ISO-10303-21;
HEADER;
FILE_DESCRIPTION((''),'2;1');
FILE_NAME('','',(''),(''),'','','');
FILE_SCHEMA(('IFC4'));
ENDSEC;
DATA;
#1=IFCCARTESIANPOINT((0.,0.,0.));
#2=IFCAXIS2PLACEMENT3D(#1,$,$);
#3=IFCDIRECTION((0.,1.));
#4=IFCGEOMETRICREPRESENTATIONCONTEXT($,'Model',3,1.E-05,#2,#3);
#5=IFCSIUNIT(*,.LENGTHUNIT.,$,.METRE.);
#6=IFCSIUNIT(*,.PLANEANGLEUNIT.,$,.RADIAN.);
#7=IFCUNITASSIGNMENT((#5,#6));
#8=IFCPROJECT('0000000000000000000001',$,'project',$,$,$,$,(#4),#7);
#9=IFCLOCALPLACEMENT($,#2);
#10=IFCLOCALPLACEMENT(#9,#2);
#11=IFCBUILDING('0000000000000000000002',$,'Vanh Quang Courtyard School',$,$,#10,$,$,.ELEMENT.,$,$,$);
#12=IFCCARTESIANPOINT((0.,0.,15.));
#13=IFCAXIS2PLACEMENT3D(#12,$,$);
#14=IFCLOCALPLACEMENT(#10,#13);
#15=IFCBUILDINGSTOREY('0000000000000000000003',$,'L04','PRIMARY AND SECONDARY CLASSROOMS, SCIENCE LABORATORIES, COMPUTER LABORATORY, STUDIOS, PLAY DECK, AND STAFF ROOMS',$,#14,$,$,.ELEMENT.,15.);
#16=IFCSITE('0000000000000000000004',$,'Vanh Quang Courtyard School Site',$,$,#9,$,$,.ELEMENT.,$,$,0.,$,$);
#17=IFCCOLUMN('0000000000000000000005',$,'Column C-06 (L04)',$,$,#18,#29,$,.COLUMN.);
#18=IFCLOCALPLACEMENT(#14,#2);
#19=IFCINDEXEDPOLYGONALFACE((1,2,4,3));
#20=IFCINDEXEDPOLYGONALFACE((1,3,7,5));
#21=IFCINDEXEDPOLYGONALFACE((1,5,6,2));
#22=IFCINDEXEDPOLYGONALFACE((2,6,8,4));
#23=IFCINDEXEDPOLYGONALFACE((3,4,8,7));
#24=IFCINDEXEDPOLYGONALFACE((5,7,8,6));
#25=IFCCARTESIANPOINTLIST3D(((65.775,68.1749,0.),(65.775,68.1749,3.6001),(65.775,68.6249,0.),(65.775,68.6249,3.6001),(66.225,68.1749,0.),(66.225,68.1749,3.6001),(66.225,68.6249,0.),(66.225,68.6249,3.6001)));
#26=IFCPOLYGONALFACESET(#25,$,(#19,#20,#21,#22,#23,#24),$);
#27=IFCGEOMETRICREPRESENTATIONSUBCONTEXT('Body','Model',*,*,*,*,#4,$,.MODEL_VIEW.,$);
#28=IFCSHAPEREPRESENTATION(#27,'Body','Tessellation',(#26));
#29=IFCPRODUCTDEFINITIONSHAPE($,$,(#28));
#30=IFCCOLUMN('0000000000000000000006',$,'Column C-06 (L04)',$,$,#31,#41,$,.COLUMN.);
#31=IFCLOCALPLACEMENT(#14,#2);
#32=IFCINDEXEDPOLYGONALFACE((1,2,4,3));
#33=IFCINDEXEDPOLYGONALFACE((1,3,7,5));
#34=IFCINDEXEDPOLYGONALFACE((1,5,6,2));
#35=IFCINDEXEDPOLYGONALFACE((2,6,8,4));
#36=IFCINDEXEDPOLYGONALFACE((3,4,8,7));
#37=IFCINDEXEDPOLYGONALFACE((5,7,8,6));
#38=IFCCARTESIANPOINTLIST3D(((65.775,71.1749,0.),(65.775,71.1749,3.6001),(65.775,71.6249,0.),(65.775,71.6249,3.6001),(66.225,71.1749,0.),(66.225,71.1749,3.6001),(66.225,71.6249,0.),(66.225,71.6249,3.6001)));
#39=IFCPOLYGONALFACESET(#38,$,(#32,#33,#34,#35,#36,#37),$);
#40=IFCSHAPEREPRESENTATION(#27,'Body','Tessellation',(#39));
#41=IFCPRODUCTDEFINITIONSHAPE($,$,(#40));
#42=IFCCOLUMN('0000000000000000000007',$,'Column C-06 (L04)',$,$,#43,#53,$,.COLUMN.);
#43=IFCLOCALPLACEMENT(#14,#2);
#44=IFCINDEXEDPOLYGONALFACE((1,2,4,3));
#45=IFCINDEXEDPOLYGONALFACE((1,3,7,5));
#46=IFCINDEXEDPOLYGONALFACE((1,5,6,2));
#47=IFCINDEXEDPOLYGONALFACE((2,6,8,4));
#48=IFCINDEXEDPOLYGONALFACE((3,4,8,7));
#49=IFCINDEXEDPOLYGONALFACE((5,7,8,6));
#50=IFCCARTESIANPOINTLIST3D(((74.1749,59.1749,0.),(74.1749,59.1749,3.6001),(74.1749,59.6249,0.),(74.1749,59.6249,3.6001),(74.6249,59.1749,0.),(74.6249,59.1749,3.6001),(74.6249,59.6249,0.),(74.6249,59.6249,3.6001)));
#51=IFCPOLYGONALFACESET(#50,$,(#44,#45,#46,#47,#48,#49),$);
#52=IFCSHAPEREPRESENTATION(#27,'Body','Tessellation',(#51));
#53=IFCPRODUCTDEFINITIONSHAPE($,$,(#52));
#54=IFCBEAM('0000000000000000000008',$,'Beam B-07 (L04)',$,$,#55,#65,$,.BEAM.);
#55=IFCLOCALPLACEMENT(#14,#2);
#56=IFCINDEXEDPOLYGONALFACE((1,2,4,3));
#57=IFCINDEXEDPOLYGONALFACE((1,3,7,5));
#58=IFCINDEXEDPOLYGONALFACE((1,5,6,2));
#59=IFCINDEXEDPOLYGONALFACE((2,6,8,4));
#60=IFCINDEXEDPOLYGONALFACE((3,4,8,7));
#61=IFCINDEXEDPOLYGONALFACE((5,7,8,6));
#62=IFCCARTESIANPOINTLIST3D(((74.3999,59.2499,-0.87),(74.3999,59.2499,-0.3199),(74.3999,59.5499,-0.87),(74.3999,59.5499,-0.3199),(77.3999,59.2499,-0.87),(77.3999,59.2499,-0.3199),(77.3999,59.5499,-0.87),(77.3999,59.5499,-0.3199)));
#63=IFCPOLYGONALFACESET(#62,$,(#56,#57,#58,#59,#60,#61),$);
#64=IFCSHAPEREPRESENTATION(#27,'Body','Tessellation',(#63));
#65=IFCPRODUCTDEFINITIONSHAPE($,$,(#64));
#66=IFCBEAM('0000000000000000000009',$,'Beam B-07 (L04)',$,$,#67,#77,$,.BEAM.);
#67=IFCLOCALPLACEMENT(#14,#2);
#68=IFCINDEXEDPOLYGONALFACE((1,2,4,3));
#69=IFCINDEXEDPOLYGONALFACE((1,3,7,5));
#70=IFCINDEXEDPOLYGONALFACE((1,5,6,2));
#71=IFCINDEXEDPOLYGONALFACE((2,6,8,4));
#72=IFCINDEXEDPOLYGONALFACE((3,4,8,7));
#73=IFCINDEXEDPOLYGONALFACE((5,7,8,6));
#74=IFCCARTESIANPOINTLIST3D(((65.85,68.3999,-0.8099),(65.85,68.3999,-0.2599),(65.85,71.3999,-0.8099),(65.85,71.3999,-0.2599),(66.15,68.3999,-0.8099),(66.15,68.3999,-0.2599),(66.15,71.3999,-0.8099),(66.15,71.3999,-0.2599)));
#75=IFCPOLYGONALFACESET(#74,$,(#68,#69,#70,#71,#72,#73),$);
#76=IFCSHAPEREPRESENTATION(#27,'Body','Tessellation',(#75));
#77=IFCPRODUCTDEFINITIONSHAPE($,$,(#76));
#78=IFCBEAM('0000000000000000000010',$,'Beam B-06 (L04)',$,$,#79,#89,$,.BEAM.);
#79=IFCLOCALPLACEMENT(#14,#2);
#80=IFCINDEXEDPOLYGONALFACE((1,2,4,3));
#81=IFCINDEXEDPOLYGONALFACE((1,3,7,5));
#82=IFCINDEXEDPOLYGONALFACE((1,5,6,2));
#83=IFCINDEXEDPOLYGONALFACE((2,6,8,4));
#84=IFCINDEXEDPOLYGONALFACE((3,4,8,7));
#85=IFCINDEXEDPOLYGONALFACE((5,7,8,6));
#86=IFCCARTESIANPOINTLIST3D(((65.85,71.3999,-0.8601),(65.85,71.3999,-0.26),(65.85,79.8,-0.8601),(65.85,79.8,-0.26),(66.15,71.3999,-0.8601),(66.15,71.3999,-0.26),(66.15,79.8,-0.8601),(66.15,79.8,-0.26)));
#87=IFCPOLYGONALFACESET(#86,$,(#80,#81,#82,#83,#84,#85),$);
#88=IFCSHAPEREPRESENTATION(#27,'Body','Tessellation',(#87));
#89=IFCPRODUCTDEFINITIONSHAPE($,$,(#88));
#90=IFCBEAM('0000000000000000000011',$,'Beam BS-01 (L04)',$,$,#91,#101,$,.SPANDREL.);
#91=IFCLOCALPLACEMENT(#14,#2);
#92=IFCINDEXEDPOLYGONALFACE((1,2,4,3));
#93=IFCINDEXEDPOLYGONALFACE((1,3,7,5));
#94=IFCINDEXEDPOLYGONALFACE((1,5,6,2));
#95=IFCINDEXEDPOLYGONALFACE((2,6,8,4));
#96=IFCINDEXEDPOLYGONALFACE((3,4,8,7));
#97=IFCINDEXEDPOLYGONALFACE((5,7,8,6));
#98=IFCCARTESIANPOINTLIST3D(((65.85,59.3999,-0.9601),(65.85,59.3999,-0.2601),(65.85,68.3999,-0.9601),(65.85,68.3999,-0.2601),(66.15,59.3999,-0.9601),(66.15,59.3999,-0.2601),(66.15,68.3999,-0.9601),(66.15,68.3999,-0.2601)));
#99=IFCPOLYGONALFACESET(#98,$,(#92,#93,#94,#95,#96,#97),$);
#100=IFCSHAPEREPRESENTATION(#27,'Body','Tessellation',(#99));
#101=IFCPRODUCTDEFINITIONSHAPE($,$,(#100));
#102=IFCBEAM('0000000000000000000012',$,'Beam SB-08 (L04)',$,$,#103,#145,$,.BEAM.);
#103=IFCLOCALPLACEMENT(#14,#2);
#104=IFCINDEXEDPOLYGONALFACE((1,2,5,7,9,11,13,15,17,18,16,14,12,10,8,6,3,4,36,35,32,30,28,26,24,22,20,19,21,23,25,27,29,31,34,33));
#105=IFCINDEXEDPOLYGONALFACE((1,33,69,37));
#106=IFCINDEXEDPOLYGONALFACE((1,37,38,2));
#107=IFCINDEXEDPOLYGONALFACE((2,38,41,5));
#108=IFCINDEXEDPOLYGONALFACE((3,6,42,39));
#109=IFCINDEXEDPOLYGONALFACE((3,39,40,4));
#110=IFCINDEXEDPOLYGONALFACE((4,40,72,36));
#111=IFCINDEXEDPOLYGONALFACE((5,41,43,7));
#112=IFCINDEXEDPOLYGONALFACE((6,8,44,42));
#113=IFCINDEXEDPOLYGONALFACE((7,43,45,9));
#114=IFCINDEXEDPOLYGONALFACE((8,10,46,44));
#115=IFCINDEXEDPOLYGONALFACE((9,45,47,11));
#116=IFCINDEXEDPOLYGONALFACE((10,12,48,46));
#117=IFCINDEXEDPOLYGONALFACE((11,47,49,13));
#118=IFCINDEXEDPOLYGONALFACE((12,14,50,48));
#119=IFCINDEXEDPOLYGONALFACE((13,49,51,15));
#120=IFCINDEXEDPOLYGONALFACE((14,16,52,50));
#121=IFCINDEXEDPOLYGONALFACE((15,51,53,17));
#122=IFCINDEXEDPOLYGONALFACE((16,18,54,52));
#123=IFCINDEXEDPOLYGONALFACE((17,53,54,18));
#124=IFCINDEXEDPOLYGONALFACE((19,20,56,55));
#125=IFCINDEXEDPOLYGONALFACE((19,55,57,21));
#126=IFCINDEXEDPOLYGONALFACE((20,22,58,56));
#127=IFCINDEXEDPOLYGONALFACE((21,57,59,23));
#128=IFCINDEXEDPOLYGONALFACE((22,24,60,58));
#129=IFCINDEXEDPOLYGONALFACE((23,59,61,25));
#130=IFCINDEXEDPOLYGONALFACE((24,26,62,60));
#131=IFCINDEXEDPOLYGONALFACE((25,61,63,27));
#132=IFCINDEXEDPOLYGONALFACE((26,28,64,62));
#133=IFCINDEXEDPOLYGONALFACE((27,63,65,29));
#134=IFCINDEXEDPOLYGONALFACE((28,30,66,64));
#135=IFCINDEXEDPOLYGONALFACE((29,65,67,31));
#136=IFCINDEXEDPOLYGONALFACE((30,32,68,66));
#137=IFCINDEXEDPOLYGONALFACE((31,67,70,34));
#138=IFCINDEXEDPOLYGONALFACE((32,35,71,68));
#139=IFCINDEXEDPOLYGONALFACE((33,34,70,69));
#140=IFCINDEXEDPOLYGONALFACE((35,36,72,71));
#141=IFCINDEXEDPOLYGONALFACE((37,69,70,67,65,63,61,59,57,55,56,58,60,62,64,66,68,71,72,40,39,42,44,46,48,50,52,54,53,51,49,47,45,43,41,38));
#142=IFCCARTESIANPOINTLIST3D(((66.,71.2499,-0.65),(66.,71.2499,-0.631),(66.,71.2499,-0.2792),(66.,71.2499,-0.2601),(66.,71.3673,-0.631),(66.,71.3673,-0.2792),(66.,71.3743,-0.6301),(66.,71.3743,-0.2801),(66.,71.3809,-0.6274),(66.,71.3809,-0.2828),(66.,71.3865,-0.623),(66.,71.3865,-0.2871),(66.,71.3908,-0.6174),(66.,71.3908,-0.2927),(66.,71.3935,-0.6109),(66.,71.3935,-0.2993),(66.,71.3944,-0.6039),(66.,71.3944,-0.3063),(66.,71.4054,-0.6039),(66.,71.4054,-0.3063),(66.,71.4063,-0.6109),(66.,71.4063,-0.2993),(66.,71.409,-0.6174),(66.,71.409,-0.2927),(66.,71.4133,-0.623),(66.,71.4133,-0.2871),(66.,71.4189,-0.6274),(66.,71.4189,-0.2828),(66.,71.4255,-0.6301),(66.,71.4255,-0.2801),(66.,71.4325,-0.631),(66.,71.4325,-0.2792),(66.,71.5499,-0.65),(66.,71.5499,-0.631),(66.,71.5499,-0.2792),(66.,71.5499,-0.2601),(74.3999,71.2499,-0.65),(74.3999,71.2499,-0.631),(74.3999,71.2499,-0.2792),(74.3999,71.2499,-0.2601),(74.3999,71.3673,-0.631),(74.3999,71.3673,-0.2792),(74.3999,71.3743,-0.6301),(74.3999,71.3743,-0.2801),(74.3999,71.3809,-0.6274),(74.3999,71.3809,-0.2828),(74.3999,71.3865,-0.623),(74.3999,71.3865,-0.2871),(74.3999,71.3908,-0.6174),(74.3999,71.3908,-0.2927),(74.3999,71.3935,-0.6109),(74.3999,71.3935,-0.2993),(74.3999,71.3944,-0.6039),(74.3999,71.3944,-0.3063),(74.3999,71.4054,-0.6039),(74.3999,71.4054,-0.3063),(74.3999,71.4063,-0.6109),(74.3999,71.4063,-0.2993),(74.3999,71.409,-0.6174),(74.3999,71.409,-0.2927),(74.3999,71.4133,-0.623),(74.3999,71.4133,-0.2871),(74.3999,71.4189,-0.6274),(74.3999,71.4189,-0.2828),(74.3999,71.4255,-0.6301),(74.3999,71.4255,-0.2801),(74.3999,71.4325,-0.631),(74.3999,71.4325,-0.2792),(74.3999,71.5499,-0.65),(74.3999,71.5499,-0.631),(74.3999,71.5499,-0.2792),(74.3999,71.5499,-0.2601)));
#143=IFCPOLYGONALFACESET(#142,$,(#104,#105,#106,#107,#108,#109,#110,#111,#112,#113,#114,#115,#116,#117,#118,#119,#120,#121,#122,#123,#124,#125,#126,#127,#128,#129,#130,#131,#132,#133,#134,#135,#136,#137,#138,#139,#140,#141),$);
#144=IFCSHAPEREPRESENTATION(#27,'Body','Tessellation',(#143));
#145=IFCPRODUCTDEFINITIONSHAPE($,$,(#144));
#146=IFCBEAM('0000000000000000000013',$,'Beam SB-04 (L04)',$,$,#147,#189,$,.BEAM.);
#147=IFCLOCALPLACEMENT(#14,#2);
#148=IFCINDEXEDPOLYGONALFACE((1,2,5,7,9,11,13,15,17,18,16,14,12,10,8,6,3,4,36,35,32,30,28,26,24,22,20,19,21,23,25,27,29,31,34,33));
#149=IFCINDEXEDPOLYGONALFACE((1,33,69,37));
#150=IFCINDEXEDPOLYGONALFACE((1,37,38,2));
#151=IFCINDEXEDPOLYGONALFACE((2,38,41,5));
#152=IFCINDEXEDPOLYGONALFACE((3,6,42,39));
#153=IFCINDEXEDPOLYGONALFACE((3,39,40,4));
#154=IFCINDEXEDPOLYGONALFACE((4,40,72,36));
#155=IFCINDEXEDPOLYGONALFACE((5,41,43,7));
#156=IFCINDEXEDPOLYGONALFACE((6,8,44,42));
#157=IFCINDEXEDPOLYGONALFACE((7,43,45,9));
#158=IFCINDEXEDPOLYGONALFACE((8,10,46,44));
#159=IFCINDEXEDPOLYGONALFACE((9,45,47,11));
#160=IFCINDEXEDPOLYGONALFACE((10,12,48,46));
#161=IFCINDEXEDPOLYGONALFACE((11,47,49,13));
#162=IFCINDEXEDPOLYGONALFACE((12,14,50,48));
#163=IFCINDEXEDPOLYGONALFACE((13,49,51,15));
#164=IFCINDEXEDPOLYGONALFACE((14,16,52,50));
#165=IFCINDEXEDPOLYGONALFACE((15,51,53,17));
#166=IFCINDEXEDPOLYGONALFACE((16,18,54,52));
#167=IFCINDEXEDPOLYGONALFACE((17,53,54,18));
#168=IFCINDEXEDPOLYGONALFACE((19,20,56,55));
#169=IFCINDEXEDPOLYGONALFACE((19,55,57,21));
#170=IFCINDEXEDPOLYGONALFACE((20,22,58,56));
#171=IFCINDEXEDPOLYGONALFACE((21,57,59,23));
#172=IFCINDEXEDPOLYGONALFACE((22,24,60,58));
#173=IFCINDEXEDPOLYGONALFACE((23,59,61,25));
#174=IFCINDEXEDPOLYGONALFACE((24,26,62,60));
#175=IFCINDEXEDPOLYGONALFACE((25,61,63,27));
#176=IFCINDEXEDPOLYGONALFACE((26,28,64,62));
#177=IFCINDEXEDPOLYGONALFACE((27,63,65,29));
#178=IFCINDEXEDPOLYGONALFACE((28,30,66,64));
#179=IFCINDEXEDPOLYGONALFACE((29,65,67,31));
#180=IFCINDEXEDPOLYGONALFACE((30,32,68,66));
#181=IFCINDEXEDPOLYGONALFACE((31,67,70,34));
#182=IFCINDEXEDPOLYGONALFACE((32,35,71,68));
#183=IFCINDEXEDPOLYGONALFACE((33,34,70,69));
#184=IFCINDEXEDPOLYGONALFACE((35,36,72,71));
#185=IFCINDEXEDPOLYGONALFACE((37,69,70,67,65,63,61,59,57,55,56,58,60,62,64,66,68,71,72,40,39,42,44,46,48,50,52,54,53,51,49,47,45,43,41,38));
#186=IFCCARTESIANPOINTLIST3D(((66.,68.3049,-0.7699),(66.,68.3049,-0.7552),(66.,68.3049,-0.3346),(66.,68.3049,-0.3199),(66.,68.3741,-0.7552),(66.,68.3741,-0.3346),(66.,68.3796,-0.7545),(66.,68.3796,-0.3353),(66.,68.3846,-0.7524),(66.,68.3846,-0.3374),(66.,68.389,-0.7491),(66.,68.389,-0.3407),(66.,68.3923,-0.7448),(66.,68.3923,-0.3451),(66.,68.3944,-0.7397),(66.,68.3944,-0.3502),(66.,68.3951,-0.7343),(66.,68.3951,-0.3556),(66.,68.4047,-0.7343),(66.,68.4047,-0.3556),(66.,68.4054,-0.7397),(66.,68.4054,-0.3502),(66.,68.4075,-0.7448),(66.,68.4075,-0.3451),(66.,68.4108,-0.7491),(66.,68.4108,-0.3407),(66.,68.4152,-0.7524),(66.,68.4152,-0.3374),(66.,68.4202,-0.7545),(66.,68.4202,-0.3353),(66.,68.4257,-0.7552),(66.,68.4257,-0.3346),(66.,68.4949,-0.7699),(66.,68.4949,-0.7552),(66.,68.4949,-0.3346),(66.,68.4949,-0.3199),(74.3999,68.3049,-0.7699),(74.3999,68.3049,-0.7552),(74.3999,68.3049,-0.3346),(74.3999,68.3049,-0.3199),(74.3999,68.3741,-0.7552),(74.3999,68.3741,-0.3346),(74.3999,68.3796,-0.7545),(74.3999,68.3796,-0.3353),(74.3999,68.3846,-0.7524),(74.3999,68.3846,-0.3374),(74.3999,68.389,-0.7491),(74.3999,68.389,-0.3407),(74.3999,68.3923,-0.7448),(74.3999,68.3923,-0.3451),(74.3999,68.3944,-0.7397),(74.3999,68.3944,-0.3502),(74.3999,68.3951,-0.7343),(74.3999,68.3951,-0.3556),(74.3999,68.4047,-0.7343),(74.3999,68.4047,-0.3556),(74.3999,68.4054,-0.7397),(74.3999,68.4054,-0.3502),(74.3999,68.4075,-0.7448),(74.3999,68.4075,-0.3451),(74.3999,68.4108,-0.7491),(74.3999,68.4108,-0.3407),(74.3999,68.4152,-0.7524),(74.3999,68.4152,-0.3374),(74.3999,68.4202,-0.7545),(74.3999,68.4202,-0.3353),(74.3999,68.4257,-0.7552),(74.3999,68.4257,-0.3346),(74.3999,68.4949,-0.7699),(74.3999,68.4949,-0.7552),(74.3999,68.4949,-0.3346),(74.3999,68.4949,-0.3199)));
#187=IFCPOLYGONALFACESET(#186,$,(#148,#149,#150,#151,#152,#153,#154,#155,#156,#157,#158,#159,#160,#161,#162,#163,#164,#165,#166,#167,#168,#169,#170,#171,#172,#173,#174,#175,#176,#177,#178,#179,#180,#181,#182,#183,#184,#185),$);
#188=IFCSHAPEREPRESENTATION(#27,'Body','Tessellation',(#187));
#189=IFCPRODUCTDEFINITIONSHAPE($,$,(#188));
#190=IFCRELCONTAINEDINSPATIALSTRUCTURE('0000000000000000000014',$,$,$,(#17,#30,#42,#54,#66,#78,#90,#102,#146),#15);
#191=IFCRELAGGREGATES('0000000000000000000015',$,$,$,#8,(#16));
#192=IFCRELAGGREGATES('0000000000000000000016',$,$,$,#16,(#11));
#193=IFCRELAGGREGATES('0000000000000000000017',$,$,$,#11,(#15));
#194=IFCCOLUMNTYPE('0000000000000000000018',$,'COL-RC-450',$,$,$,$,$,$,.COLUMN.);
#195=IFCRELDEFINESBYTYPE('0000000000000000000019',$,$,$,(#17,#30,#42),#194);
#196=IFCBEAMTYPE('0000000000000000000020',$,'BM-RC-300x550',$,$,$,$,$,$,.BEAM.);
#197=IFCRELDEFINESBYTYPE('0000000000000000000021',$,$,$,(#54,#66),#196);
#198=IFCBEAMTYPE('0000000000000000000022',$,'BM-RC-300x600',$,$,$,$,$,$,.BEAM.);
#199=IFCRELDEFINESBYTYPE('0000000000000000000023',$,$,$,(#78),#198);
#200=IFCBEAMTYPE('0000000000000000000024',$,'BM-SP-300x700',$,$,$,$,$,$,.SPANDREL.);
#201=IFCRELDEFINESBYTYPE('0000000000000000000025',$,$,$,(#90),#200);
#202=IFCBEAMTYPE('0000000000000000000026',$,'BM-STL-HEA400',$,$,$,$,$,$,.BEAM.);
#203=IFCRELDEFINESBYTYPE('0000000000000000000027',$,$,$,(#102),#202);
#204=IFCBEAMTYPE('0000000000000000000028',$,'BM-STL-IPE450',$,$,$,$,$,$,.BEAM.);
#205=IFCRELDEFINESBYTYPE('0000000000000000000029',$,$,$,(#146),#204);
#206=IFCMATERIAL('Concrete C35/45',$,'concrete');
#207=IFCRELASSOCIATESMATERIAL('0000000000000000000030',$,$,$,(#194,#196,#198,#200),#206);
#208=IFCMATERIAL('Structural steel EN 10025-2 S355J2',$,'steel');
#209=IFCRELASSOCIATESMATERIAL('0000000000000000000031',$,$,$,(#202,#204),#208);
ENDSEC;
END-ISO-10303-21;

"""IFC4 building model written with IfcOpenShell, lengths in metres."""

from ifc_helpers import new_model, si_unit, direction, frame, origin, origin_2d, place, context, subcontext, project, spatial, rectangle, i_section, extrude, material, material_profile, profile_set, type_object, element, save


model = new_model("IFC4")

# Units and contexts
model_context = context("Model", 3, precision=1e-05, world=origin(), true_north=direction((0.0, 1.0)))
body_context = subcontext(model_context, "Body", "Model", "MODEL_VIEW")
ifc_project = project(units=[si_unit("LENGTHUNIT", "METRE"), si_unit("PLANEANGLEUNIT", "RADIAN")], contexts=[model_context])

# Site, building, storey
site_placement = place(None, origin())
site = spatial("IfcSite", under=ifc_project, at=site_placement, Name="Vanh Quang Courtyard School Site", CompositionType="ELEMENT", RefElevation=0.0)
building_placement = place(site_placement, origin())
building = spatial("IfcBuilding", under=site, at=building_placement, Name="Vanh Quang Courtyard School", CompositionType="ELEMENT")
storey_placement = place(building_placement, frame((0.0, 0.0, 15.0)))
storey = spatial("IfcBuildingStorey", under=building, at=storey_placement, Name="L04", Description="PRIMARY AND SECONDARY CLASSROOMS, SCIENCE LABORATORIES, COMPUTER LABORATORY, STUDIOS, PLAY DECK, AND STAFF ROOMS", CompositionType="ELEMENT", Elevation=15.0)

# Columns
ifc_material_1 = material(Name="Concrete C35/45", Category="concrete")
ifc_material_profile_1 = material_profile(ifc_material_1, rectangle(XDim=0.45, YDim=0.45, at=origin_2d()), Name="RC-COL 450x450")
ifc_profile_set_1 = profile_set([ifc_material_profile_1], Name="Concrete C35/45")
column_type = type_object("IfcColumnType", Name="COL-RC-450", PredefinedType="COLUMN", material=ifc_profile_set_1)
for number, where, z_axis, x_axis, name in (
    (1, (66.0, 68.3999, 0.0), (0.0, 0.0, 1.0), (1.0, 0.0, 0.0), "Column C-06 (L04)"),
    (2, (66.0, 71.3999, 0.0), (0.0, 0.0, 1.0), (1.0, 0.0, 0.0), "Column C-06 (L04)"),
    (3, (74.3999, 59.3999, 0.0), (0.0, 0.0, 1.0), (1.0, 0.0, 0.0), "Column C-06 (L04)"),
):
    element("IfcColumn", number, at=place(storey_placement, frame(where, z_axis=z_axis, x_axis=x_axis)), inside=storey, type_object=column_type, Name=name, PredefinedType="COLUMN", context=body_context, shape_type="SweptSolid", body=[
        extrude(rectangle(XDim=0.45, YDim=0.45, at=origin_2d()), origin(), (0.0, 0.0, 1.0), 3.6001),
    ])

# Beams
ifc_material_profile_2 = material_profile(ifc_material_1, rectangle(XDim=0.3, YDim=0.55, at=origin_2d()), Name="RC-BM 300x550")
ifc_profile_set_2 = profile_set([ifc_material_profile_2], Name="Concrete C35/45")
beam_type_1 = type_object("IfcBeamType", Name="BM-RC-300x550", PredefinedType="BEAM", material=ifc_profile_set_2)
for number, where, z_axis, x_axis, name in (
    (4, (74.3999, 59.3999, -0.595), (1.0, 0.0, 0.0), (0.0, 1.0, 0.0), "Beam B-07 (L04)"),
    (5, (66.0, 68.3999, -0.5349), (0.0, 1.0, 0.0), (-1.0, 0.0, 0.0), "Beam B-07 (L04)"),
):
    element("IfcBeam", number, at=place(storey_placement, frame(where, z_axis=z_axis, x_axis=x_axis)), inside=storey, type_object=beam_type_1, Name=name, PredefinedType="BEAM", context=body_context, shape_type="SweptSolid", body=[
        extrude(rectangle(XDim=0.3, YDim=0.55, at=origin_2d()), origin(), (0.0, 0.0, 1.0), 3.0),
    ])
ifc_material_profile_3 = material_profile(ifc_material_1, rectangle(XDim=0.3, YDim=0.6001, at=origin_2d()), Name="RC-BM 300x600")
ifc_profile_set_3 = profile_set([ifc_material_profile_3], Name="Concrete C35/45")
beam_type_2 = type_object("IfcBeamType", Name="BM-RC-300x600", PredefinedType="BEAM", material=ifc_profile_set_3)
beam_1_placement = place(storey_placement, frame((66.0, 71.3999, -0.5601), z_axis=(0.0, 1.0, 0.0), x_axis=(-1.0, 0.0, 0.0)))
element("IfcBeam", 6, at=beam_1_placement, inside=storey, type_object=beam_type_2, Name="Beam B-06 (L04)", PredefinedType="BEAM", context=body_context, shape_type="SweptSolid", body=[
    extrude(rectangle(XDim=0.3, YDim=0.6001, at=origin_2d()), origin(), (0.0, 0.0, 1.0), 8.4001),
])
ifc_material_profile_4 = material_profile(ifc_material_1, rectangle(XDim=0.3, YDim=0.7, at=origin_2d()), Name="RC-SP 300x700")
ifc_profile_set_4 = profile_set([ifc_material_profile_4], Name="Concrete C35/45")
beam_type_3 = type_object("IfcBeamType", Name="BM-SP-300x700", PredefinedType="SPANDREL", material=ifc_profile_set_4)
beam_2_placement = place(storey_placement, frame((66.0, 59.3999, -0.6101), z_axis=(0.0, 1.0, 0.0), x_axis=(-1.0, 0.0, 0.0)))
element("IfcBeam", 7, at=beam_2_placement, inside=storey, type_object=beam_type_3, Name="Beam BS-01 (L04)", PredefinedType="SPANDREL", context=body_context, shape_type="SweptSolid", body=[
    extrude(rectangle(XDim=0.3, YDim=0.7, at=origin_2d()), origin(), (0.0, 0.0, 1.0), 9.0),
])
ifc_material_2 = material(Name="Structural steel EN 10025-2 S355J2", Category="steel")
ifc_material_profile_5 = material_profile(ifc_material_2, i_section(OverallWidth=0.3, OverallDepth=0.3899, WebThickness=0.011, FlangeThickness=0.019, FilletRadius=0.0271, at=origin_2d()), Name="HEA 400")
ifc_profile_set_5 = profile_set([ifc_material_profile_5], Name="Structural steel EN 10025-2 S355J2")
beam_type_4 = type_object("IfcBeamType", Name="BM-STL-HEA400", PredefinedType="BEAM", material=ifc_profile_set_5)
beam_3_placement = place(storey_placement, frame((66.0, 71.3999, -0.4551), z_axis=(1.0, 0.0, 0.0), x_axis=(0.0, 1.0, 0.0)))
element("IfcBeam", 8, at=beam_3_placement, inside=storey, type_object=beam_type_4, Name="Beam SB-08 (L04)", PredefinedType="BEAM", context=body_context, shape_type="SweptSolid", body=[
    extrude(i_section(OverallWidth=0.3, OverallDepth=0.3899, WebThickness=0.011, FlangeThickness=0.019, FilletRadius=0.0271, at=origin_2d()), origin(), (0.0, 0.0, 1.0), 8.3999),
])
ifc_material_profile_6 = material_profile(ifc_material_2, i_section(OverallWidth=0.1899, OverallDepth=0.45, WebThickness=0.0095, FlangeThickness=0.0146, FilletRadius=0.021, at=origin_2d()), Name="IPE 450")
ifc_profile_set_6 = profile_set([ifc_material_profile_6], Name="Structural steel EN 10025-2 S355J2")
beam_type_5 = type_object("IfcBeamType", Name="BM-STL-IPE450", PredefinedType="BEAM", material=ifc_profile_set_6)
beam_4_placement = place(storey_placement, frame((66.0, 68.3999, -0.5449), z_axis=(1.0, 0.0, 0.0), x_axis=(0.0, 1.0, 0.0)))
element("IfcBeam", 9, at=beam_4_placement, inside=storey, type_object=beam_type_5, Name="Beam SB-04 (L04)", PredefinedType="BEAM", context=body_context, shape_type="SweptSolid", body=[
    extrude(i_section(OverallWidth=0.1899, OverallDepth=0.45, WebThickness=0.0095, FlangeThickness=0.0146, FilletRadius=0.021, at=origin_2d()), origin(), (0.0, 0.0, 1.0), 8.3999),
])

save(model, "model.ifc")
